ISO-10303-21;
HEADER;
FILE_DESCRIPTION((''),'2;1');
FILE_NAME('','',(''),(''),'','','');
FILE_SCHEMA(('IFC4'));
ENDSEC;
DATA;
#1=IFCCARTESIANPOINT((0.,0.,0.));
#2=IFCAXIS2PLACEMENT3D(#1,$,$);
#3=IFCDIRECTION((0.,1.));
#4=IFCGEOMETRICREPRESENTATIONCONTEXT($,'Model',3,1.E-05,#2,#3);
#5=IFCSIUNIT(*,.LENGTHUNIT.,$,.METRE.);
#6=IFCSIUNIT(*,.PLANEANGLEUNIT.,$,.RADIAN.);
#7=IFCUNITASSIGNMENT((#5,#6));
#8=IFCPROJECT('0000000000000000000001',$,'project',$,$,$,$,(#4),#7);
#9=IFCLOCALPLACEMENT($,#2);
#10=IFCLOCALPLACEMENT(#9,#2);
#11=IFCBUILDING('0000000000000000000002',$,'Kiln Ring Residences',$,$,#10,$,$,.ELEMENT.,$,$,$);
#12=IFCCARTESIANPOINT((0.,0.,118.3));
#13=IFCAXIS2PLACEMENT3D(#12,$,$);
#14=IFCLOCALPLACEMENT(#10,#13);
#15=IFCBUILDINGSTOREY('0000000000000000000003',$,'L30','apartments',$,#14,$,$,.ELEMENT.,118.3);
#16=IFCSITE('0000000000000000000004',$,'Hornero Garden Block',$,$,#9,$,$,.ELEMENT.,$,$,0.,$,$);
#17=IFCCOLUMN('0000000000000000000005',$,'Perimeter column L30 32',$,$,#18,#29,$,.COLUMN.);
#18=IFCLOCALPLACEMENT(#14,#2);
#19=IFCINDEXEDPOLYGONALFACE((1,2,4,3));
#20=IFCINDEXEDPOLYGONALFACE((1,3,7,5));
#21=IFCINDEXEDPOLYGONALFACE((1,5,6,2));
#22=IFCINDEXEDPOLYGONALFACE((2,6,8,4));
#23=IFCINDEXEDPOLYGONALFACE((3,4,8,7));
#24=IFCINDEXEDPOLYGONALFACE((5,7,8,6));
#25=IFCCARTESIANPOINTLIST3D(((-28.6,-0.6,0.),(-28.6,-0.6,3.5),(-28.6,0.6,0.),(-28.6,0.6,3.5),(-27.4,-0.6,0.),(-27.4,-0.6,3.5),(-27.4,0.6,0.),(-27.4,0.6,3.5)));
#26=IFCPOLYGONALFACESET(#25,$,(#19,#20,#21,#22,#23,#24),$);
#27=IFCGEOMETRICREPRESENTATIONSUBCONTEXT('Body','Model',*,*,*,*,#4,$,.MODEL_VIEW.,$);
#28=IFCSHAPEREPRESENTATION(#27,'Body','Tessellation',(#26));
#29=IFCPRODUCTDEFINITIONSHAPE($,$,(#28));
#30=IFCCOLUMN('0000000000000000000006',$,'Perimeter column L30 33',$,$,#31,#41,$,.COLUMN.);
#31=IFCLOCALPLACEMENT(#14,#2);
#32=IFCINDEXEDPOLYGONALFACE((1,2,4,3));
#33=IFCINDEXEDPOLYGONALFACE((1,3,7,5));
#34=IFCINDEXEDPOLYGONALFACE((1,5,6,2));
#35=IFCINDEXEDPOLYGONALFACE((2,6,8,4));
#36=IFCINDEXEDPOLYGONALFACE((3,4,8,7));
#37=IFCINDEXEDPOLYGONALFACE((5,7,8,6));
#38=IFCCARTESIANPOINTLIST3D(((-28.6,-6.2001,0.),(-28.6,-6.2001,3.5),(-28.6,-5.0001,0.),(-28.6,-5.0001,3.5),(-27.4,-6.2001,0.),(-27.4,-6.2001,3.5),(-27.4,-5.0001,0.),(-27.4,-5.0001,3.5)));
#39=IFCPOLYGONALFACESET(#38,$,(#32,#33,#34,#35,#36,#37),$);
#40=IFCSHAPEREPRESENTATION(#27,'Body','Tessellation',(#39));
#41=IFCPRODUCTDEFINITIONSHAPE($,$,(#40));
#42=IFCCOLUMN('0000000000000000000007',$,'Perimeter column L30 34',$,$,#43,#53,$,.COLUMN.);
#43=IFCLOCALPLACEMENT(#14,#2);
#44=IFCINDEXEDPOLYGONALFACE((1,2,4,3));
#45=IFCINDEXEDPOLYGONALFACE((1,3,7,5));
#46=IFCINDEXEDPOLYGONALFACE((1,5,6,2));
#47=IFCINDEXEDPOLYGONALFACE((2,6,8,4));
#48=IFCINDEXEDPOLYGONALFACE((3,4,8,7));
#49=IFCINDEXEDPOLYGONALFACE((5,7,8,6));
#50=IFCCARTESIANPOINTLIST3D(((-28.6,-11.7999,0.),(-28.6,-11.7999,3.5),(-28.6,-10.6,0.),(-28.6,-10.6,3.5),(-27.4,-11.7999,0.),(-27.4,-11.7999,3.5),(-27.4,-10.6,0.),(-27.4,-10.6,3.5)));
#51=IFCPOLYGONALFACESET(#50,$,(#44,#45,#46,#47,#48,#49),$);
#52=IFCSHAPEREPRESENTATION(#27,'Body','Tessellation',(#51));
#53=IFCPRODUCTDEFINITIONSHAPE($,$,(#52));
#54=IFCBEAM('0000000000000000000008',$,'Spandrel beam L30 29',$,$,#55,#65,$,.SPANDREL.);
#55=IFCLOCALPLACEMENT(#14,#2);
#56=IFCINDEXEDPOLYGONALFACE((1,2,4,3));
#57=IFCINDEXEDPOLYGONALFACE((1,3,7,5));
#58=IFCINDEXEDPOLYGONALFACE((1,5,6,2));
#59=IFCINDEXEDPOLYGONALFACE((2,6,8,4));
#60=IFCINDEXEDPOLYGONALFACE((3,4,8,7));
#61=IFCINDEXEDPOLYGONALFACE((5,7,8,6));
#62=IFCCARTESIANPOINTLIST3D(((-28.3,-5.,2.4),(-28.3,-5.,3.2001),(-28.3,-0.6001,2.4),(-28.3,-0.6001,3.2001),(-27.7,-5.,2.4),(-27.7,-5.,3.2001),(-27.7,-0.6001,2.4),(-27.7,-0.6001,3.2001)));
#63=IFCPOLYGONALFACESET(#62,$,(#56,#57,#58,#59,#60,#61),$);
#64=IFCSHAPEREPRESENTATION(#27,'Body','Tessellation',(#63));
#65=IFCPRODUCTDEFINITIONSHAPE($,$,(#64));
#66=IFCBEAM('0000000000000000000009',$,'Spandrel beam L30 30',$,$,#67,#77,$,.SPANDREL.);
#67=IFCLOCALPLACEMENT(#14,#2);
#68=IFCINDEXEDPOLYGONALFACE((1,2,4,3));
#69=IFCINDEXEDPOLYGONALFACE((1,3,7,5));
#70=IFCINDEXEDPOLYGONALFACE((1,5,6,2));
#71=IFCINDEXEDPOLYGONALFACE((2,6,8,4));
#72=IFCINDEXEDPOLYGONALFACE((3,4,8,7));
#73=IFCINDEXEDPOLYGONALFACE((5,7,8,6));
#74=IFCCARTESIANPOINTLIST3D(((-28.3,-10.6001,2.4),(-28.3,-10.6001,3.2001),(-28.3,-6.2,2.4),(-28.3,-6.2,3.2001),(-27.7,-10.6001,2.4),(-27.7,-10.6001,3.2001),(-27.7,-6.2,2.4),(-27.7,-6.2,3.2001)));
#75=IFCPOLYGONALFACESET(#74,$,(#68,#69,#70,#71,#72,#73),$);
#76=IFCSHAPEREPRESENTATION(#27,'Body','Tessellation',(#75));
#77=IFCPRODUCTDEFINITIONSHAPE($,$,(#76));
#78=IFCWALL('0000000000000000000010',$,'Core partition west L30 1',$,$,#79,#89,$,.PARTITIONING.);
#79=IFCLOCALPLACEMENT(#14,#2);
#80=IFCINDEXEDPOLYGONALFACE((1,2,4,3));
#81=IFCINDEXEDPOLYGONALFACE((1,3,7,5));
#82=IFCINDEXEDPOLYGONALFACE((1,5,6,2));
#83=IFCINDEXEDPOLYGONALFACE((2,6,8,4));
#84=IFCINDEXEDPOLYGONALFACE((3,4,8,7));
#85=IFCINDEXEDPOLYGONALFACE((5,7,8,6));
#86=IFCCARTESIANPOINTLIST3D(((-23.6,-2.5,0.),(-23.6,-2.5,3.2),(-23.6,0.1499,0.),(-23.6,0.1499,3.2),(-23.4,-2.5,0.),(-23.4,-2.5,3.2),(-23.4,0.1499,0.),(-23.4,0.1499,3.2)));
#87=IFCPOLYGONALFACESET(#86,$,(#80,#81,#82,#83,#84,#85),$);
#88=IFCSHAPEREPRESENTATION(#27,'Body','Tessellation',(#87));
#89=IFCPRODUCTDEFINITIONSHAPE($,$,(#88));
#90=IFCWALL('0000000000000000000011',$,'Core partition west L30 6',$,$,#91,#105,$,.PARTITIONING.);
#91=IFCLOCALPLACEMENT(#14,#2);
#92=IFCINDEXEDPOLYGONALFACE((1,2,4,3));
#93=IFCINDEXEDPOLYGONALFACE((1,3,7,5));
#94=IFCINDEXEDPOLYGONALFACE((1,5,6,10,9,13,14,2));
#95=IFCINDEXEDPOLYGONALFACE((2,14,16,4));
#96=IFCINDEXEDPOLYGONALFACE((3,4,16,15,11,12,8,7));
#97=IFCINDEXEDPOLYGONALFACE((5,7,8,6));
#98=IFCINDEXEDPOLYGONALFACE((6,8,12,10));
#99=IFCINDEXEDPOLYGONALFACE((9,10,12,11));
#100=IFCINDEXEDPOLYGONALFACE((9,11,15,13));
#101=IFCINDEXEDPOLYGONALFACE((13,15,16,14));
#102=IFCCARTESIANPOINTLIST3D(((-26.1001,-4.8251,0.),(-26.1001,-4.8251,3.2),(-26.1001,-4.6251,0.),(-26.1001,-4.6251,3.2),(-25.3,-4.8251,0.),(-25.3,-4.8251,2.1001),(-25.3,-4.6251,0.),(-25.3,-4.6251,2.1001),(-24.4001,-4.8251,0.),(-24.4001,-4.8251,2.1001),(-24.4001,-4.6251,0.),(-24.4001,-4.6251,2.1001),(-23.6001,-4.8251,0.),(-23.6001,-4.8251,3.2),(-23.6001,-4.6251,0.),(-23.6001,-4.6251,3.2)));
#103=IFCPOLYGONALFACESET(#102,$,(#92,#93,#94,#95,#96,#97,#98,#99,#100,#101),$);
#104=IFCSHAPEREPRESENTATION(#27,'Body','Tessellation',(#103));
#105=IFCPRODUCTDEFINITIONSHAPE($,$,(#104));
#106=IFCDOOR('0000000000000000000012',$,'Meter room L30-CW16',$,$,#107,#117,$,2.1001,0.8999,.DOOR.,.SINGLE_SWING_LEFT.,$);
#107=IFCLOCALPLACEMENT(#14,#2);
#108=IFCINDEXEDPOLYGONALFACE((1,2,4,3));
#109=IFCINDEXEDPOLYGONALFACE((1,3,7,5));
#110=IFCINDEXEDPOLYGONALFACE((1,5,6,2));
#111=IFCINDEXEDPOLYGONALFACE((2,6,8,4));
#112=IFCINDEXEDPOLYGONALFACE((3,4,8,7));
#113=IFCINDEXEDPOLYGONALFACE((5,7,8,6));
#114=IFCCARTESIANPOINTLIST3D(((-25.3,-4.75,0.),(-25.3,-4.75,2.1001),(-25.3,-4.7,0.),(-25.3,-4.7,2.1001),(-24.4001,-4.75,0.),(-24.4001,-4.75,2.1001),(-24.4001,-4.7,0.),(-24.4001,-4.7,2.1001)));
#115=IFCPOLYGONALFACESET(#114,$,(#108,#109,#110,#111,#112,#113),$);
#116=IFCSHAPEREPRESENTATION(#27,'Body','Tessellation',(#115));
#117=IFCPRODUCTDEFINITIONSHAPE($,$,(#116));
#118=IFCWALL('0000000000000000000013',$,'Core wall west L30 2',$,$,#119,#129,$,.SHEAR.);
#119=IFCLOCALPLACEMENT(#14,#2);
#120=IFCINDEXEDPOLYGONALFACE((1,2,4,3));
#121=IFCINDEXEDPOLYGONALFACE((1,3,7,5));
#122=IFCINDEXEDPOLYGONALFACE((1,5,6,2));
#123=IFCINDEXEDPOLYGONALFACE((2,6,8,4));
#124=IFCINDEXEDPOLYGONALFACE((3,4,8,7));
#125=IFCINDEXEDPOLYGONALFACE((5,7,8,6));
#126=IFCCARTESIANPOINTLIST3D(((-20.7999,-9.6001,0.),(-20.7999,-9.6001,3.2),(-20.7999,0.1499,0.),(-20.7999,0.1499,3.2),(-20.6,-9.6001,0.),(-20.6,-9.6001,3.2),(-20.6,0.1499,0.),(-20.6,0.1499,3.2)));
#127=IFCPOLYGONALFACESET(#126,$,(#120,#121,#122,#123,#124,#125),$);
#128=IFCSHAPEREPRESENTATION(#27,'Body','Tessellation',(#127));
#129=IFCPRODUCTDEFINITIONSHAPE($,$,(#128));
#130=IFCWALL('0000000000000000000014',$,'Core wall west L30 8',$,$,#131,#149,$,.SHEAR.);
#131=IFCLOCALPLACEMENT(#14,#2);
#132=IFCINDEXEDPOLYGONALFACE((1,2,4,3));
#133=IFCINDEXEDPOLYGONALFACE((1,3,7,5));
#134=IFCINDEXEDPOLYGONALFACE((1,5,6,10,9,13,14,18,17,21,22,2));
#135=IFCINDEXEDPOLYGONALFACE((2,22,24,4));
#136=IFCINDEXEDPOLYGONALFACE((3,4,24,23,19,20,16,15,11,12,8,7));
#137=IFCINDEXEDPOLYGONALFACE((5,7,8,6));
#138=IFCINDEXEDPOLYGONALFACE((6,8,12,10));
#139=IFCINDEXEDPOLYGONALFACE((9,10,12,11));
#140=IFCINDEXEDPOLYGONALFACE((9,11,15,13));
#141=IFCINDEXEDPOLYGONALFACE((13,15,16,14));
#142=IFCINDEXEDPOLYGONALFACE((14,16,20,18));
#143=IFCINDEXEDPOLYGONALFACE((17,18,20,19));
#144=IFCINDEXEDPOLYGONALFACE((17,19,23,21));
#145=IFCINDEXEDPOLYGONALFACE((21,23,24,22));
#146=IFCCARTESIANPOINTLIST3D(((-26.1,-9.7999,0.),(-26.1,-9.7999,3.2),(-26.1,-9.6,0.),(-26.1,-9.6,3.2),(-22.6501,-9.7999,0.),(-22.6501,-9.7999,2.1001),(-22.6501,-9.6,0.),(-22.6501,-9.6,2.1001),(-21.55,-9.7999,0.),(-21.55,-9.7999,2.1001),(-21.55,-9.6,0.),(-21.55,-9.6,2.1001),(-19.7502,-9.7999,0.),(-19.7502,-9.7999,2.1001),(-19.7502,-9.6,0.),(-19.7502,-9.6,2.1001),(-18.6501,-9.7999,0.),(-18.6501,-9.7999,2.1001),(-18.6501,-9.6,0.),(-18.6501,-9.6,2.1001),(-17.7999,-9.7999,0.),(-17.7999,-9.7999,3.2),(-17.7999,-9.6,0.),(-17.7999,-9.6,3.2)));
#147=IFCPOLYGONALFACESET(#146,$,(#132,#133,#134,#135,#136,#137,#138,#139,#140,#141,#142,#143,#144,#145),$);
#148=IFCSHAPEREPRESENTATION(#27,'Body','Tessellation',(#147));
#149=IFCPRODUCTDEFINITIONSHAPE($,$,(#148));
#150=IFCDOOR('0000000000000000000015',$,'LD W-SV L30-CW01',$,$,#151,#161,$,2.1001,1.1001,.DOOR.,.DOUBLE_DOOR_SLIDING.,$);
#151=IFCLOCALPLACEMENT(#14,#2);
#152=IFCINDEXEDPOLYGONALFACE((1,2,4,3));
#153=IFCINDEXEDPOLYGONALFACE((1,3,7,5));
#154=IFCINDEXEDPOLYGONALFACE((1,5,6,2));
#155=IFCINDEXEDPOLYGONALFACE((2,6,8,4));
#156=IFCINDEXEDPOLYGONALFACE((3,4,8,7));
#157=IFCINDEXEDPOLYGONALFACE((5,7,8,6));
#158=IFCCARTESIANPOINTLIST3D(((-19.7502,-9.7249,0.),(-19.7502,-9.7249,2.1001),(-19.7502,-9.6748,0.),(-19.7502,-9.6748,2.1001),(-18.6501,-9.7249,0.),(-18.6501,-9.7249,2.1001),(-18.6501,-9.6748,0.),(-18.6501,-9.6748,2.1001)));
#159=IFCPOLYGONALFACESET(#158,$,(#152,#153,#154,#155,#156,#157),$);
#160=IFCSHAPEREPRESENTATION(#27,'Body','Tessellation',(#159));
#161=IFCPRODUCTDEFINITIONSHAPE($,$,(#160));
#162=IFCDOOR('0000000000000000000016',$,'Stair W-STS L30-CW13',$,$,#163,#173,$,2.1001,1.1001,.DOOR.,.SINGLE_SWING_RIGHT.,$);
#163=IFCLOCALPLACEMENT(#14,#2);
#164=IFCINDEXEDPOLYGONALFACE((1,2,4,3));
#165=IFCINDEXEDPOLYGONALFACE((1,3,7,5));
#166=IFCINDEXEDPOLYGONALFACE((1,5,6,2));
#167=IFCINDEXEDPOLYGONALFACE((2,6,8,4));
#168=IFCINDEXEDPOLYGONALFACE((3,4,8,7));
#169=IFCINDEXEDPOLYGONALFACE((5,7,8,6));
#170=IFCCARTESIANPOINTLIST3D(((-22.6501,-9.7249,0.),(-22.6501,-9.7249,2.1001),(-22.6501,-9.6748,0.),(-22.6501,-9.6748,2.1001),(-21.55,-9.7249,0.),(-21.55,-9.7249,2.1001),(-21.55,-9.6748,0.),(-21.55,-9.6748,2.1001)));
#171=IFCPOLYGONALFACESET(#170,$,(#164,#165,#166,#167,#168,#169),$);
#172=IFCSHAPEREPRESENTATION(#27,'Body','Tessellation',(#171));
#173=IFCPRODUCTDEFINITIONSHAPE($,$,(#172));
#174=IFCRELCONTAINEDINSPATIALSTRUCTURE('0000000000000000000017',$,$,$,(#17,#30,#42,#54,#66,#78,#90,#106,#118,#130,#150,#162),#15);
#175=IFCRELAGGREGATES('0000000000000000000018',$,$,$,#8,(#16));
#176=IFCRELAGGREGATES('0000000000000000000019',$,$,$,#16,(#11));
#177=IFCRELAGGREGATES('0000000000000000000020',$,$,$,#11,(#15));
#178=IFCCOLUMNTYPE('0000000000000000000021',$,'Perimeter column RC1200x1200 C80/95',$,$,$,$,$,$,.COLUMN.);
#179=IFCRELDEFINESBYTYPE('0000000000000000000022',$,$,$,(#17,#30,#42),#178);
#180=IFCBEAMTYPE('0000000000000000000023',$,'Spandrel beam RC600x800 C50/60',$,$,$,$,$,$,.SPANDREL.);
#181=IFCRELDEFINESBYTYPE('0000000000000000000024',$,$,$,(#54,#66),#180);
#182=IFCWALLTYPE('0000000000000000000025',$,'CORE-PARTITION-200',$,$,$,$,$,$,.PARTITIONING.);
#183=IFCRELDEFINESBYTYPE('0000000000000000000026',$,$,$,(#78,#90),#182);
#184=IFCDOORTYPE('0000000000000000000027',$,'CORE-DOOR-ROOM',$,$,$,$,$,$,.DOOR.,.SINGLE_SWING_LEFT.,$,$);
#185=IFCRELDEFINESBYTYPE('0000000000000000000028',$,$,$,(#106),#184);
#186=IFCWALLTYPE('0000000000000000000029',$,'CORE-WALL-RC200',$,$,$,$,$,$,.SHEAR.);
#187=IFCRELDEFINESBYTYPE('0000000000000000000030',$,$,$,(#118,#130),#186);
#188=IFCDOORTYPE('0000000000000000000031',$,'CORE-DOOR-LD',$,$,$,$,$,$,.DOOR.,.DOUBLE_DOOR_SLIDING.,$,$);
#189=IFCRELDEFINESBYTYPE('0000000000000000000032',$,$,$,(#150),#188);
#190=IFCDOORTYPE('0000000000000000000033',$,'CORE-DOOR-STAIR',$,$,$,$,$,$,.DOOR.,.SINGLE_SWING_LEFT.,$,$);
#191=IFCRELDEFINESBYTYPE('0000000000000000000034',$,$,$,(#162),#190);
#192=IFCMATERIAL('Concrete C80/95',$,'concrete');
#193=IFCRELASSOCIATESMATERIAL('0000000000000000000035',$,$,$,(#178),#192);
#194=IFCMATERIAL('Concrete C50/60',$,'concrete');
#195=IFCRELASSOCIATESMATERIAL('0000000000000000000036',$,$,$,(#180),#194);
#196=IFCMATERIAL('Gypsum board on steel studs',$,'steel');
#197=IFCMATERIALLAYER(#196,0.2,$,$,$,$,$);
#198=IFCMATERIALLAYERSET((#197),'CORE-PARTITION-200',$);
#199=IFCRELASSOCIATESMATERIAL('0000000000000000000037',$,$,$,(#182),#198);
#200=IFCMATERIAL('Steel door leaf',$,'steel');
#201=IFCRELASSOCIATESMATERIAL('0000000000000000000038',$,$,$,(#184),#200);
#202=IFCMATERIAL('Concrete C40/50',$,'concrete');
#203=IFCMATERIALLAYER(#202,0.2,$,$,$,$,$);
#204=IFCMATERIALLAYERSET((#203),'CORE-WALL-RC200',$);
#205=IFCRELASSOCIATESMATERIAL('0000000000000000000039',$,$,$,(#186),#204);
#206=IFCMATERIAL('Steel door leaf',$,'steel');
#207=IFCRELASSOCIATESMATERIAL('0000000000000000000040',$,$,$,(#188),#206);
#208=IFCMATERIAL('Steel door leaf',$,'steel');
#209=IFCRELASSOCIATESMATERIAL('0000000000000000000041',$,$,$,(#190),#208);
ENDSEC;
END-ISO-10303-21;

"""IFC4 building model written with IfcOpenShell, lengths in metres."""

from ifc_helpers import new_model, si_unit, direction, frame, frame_2d, origin, origin_2d, place, context, subcontext, project, spatial, rectangle, extrude, material, layer, layer_set, material_profile, profile_set, type_object, element, fill, save


model = new_model("IFC4")

# Units and contexts
model_context = context("Model", 3, precision=1e-05, world=origin(), true_north=direction((0.0, 1.0)))
body_context = subcontext(model_context, "Body", "Model", "MODEL_VIEW")
ifc_project = project(units=[si_unit("LENGTHUNIT", "METRE"), si_unit("PLANEANGLEUNIT", "RADIAN")], contexts=[model_context])

# Site, building, storey
site_placement = place(None, origin())
site = spatial("IfcSite", under=ifc_project, at=site_placement, Name="Hornero Garden Block", CompositionType="ELEMENT", RefElevation=0.0)
building_placement = place(site_placement, origin())
building = spatial("IfcBuilding", under=site, at=building_placement, Name="Kiln Ring Residences", CompositionType="ELEMENT")
storey_placement = place(building_placement, frame((0.0, 0.0, 118.3)))
storey = spatial("IfcBuildingStorey", under=building, at=storey_placement, Name="L30", Description="apartments", CompositionType="ELEMENT", Elevation=118.3)

# Columns
ifc_material_1 = material(Name="Concrete C80/95", Category="concrete")
ifc_material_profile_1 = material_profile(ifc_material_1, rectangle(XDim=1.2, YDim=1.2, at=origin_2d()), Name="RC1200x1200")
ifc_profile_set_1 = profile_set([ifc_material_profile_1], Name="Concrete C80/95")
column_type = type_object("IfcColumnType", Name="Perimeter column RC1200x1200 C80/95", PredefinedType="COLUMN", material=ifc_profile_set_1)
for number, where, z_axis, x_axis, name in (
    (1, (-28.0, 0.0, 0.0), (0.0, 0.0, 1.0), (1.0, 0.0, 0.0), "Perimeter column L30 32"),
    (2, (-28.0, -5.6001, 0.0), (0.0, 0.0, 1.0), (1.0, 0.0, 0.0), "Perimeter column L30 33"),
    (3, (-28.0, -11.2, 0.0), (0.0, 0.0, 1.0), (1.0, 0.0, 0.0), "Perimeter column L30 34"),
):
    element("IfcColumn", number, at=place(storey_placement, frame(where, z_axis=z_axis, x_axis=x_axis)), inside=storey, type_object=column_type, Name=name, PredefinedType="COLUMN", context=body_context, shape_type="SweptSolid", body=[
        extrude(rectangle(XDim=1.2, YDim=1.2, at=origin_2d()), origin(), (0.0, 0.0, 1.0), 3.5),
    ])

# Beams
ifc_material_2 = material(Name="Concrete C50/60", Category="concrete")
ifc_material_profile_2 = material_profile(ifc_material_2, rectangle(XDim=0.6001, YDim=0.8, at=origin_2d()), Name="RC600x800")
ifc_profile_set_2 = profile_set([ifc_material_profile_2], Name="Concrete C50/60")
beam_type = type_object("IfcBeamType", Name="Spandrel beam RC600x800 C50/60", PredefinedType="SPANDREL", material=ifc_profile_set_2)
beam_1_placement = place(storey_placement, frame((-28.0, -0.6001, 2.8), z_axis=(0.0, -1.0, 0.0), x_axis=(1.0, 0.0, 0.0)))
element("IfcBeam", 4, at=beam_1_placement, inside=storey, type_object=beam_type, Name="Spandrel beam L30 29", PredefinedType="SPANDREL", context=body_context, shape_type="SweptSolid", body=[
    extrude(rectangle(XDim=0.6001, YDim=0.8, at=origin_2d()), origin(), (0.0, 0.0, 1.0), 4.3999),
])
beam_2_placement = place(storey_placement, frame((-28.0, -6.2, 2.8), z_axis=(0.0, -1.0, 0.0), x_axis=(1.0, 0.0, 0.0)))
element("IfcBeam", 5, at=beam_2_placement, inside=storey, type_object=beam_type, Name="Spandrel beam L30 30", PredefinedType="SPANDREL", context=body_context, shape_type="SweptSolid", body=[
    extrude(rectangle(XDim=0.6001, YDim=0.8, at=origin_2d()), origin(), (0.0, 0.0, 1.0), 4.4001),
])

# Wall
ifc_material_3 = material(Name="Gypsum board on steel studs", Category="steel")
ifc_layer_1 = layer(ifc_material_3, 0.2)
ifc_layer_set_1 = layer_set([ifc_layer_1], Name="CORE-PARTITION-200")
wall_type_1 = type_object("IfcWallType", Name="CORE-PARTITION-200", PredefinedType="PARTITIONING", material=ifc_layer_set_1)
wall_1_placement = place(storey_placement, frame((-23.5, -2.5, 0.0), z_axis=(0.0, 0.0, 1.0), x_axis=(0.0, 1.0, 0.0)))
element("IfcWall", 6, at=wall_1_placement, inside=storey, type_object=wall_type_1, Name="Core partition west L30 1", PredefinedType="PARTITIONING", context=body_context, shape_type="SweptSolid", body=[
    extrude(rectangle(XDim=2.6499, YDim=0.2, at=frame_2d((1.325, 0.0))), origin(), (0.0, 0.0, 1.0), 3.2),
])

# Wall, opening, door
wall_2_placement = place(storey_placement, frame((-23.6001, -4.7251, 0.0), z_axis=(0.0, 0.0, 1.0), x_axis=(-1.0, 0.0, 0.0)))
wall_2 = element("IfcWall", 7, at=wall_2_placement, inside=storey, type_object=wall_type_1, Name="Core partition west L30 6", PredefinedType="PARTITIONING", context=body_context, shape_type="SweptSolid", body=[
    extrude(rectangle(XDim=2.5, YDim=0.2, at=frame_2d((1.25, 0.0))), origin(), (0.0, 0.0, 1.0), 3.2),
])
opening_1_placement = place(wall_2_placement, frame((0.8, 0.0, 0.0)))
opening_1 = element("IfcOpeningElement", 8, at=opening_1_placement, cuts=wall_2, PredefinedType="OPENING", context=body_context, shape_type="SweptSolid", body=[
    extrude(rectangle(XDim=0.8999, YDim=2.1001, at=frame_2d((0.45, 1.05))), frame((0.0, 0.1099, 0.0), z_axis=(0.0, -1.0, 0.0), x_axis=(1.0, 0.0, 0.0)), (0.0, 0.0, 1.0), 0.22),
])
ifc_material_4 = material(Name="Steel door leaf", Category="steel")
door_type_1 = type_object("IfcDoorType", Name="CORE-DOOR-ROOM", OperationType="SINGLE_SWING_LEFT", PredefinedType="DOOR", material=ifc_material_4)
door_1_placement = place(opening_1_placement, origin())
door_1 = element("IfcDoor", 9, at=door_1_placement, inside=storey, type_object=door_type_1, Name="Meter room L30-CW16", OperationType="SINGLE_SWING_LEFT", OverallHeight=2.1001, OverallWidth=0.8999, PredefinedType="DOOR", context=body_context, shape_type="SweptSolid", body=[
    extrude(rectangle(XDim=0.8999, YDim=2.1001, at=frame_2d((0.45, 1.05))), frame((0.0, 0.0249, 0.0), z_axis=(0.0, -1.0, 0.0), x_axis=(1.0, 0.0, 0.0)), (0.0, 0.0, 1.0), 0.05),
])
fill(opening_1, door_1)

# Wall
ifc_material_5 = material(Name="Concrete C40/50", Category="concrete")
ifc_layer_2 = layer(ifc_material_5, 0.2)
ifc_layer_set_2 = layer_set([ifc_layer_2], Name="CORE-WALL-RC200")
wall_type_2 = type_object("IfcWallType", Name="CORE-WALL-RC200", PredefinedType="SHEAR", material=ifc_layer_set_2)
wall_3_placement = place(storey_placement, frame((-20.7, -9.6001, 0.0), z_axis=(0.0, 0.0, 1.0), x_axis=(0.0, 1.0, 0.0)))
element("IfcWall", 10, at=wall_3_placement, inside=storey, type_object=wall_type_2, Name="Core wall west L30 2", PredefinedType="SHEAR", context=body_context, shape_type="SweptSolid", body=[
    extrude(rectangle(XDim=9.75, YDim=0.2, at=frame_2d((4.875, 0.0))), origin(), (0.0, 0.0, 1.0), 3.2),
])

# Wall, openings, doors
wall_4_placement = place(storey_placement, frame((-17.8, -9.7, 0.0), z_axis=(0.0, 0.0, 1.0), x_axis=(-1.0, 0.0, 0.0)))
wall_4 = element("IfcWall", 11, at=wall_4_placement, inside=storey, type_object=wall_type_2, Name="Core wall west L30 8", PredefinedType="SHEAR", context=body_context, shape_type="SweptSolid", body=[
    extrude(rectangle(XDim=8.3, YDim=0.2, at=frame_2d((4.1499, 0.0))), origin(), (0.0, 0.0, 1.0), 3.2),
])
opening_2_placement = place(wall_4_placement, frame((0.8501, 0.0, 0.0)))
opening_2 = element("IfcOpeningElement", 12, at=opening_2_placement, cuts=wall_4, PredefinedType="OPENING", context=body_context, shape_type="SweptSolid", body=[
    extrude(rectangle(XDim=1.1001, YDim=2.1001, at=frame_2d((0.55, 1.05))), frame((0.0, 0.1099, 0.0), z_axis=(0.0, -1.0, 0.0), x_axis=(1.0, 0.0, 0.0)), (0.0, 0.0, 1.0), 0.22),
])
opening_3_placement = place(wall_4_placement, frame((3.75, 0.0, 0.0)))
opening_3 = element("IfcOpeningElement", 13, at=opening_3_placement, cuts=wall_4, PredefinedType="OPENING", context=body_context, shape_type="SweptSolid", body=[
    extrude(rectangle(XDim=1.1001, YDim=2.1001, at=frame_2d((0.55, 1.05))), frame((0.0, 0.1099, 0.0), z_axis=(0.0, -1.0, 0.0), x_axis=(1.0, 0.0, 0.0)), (0.0, 0.0, 1.0), 0.22),
])
ifc_material_6 = material(Name="Steel door leaf", Category="steel")
door_type_2 = type_object("IfcDoorType", Name="CORE-DOOR-LD", OperationType="DOUBLE_DOOR_SLIDING", PredefinedType="DOOR", material=ifc_material_6)
door_2_placement = place(opening_2_placement, origin())
door_2 = element("IfcDoor", 14, at=door_2_placement, inside=storey, type_object=door_type_2, Name="LD W-SV L30-CW01", OperationType="DOUBLE_DOOR_SLIDING", OverallHeight=2.1001, OverallWidth=1.1001, PredefinedType="DOOR", context=body_context, shape_type="SweptSolid", body=[
    extrude(rectangle(XDim=1.1001, YDim=2.1001, at=frame_2d((0.55, 1.05))), frame((0.0, 0.0249, 0.0), z_axis=(0.0, -1.0, 0.0), x_axis=(1.0, 0.0, 0.0)), (0.0, 0.0, 1.0), 0.05),
])
fill(opening_2, door_2)
ifc_material_7 = material(Name="Steel door leaf", Category="steel")
door_type_3 = type_object("IfcDoorType", Name="CORE-DOOR-STAIR", OperationType="SINGLE_SWING_LEFT", PredefinedType="DOOR", material=ifc_material_7)
door_3_placement = place(opening_3_placement, origin())
door_3 = element("IfcDoor", 15, at=door_3_placement, inside=storey, type_object=door_type_3, Name="Stair W-STS L30-CW13", OperationType="SINGLE_SWING_RIGHT", OverallHeight=2.1001, OverallWidth=1.1001, PredefinedType="DOOR", context=body_context, shape_type="SweptSolid", body=[
    extrude(rectangle(XDim=1.1001, YDim=2.1001, at=frame_2d((0.55, 1.05))), frame((0.0, 0.0249, 0.0), z_axis=(0.0, -1.0, 0.0), x_axis=(1.0, 0.0, 0.0)), (0.0, 0.0, 1.0), 0.05),
])
fill(opening_3, door_3)

save(model, "model.ifc")
